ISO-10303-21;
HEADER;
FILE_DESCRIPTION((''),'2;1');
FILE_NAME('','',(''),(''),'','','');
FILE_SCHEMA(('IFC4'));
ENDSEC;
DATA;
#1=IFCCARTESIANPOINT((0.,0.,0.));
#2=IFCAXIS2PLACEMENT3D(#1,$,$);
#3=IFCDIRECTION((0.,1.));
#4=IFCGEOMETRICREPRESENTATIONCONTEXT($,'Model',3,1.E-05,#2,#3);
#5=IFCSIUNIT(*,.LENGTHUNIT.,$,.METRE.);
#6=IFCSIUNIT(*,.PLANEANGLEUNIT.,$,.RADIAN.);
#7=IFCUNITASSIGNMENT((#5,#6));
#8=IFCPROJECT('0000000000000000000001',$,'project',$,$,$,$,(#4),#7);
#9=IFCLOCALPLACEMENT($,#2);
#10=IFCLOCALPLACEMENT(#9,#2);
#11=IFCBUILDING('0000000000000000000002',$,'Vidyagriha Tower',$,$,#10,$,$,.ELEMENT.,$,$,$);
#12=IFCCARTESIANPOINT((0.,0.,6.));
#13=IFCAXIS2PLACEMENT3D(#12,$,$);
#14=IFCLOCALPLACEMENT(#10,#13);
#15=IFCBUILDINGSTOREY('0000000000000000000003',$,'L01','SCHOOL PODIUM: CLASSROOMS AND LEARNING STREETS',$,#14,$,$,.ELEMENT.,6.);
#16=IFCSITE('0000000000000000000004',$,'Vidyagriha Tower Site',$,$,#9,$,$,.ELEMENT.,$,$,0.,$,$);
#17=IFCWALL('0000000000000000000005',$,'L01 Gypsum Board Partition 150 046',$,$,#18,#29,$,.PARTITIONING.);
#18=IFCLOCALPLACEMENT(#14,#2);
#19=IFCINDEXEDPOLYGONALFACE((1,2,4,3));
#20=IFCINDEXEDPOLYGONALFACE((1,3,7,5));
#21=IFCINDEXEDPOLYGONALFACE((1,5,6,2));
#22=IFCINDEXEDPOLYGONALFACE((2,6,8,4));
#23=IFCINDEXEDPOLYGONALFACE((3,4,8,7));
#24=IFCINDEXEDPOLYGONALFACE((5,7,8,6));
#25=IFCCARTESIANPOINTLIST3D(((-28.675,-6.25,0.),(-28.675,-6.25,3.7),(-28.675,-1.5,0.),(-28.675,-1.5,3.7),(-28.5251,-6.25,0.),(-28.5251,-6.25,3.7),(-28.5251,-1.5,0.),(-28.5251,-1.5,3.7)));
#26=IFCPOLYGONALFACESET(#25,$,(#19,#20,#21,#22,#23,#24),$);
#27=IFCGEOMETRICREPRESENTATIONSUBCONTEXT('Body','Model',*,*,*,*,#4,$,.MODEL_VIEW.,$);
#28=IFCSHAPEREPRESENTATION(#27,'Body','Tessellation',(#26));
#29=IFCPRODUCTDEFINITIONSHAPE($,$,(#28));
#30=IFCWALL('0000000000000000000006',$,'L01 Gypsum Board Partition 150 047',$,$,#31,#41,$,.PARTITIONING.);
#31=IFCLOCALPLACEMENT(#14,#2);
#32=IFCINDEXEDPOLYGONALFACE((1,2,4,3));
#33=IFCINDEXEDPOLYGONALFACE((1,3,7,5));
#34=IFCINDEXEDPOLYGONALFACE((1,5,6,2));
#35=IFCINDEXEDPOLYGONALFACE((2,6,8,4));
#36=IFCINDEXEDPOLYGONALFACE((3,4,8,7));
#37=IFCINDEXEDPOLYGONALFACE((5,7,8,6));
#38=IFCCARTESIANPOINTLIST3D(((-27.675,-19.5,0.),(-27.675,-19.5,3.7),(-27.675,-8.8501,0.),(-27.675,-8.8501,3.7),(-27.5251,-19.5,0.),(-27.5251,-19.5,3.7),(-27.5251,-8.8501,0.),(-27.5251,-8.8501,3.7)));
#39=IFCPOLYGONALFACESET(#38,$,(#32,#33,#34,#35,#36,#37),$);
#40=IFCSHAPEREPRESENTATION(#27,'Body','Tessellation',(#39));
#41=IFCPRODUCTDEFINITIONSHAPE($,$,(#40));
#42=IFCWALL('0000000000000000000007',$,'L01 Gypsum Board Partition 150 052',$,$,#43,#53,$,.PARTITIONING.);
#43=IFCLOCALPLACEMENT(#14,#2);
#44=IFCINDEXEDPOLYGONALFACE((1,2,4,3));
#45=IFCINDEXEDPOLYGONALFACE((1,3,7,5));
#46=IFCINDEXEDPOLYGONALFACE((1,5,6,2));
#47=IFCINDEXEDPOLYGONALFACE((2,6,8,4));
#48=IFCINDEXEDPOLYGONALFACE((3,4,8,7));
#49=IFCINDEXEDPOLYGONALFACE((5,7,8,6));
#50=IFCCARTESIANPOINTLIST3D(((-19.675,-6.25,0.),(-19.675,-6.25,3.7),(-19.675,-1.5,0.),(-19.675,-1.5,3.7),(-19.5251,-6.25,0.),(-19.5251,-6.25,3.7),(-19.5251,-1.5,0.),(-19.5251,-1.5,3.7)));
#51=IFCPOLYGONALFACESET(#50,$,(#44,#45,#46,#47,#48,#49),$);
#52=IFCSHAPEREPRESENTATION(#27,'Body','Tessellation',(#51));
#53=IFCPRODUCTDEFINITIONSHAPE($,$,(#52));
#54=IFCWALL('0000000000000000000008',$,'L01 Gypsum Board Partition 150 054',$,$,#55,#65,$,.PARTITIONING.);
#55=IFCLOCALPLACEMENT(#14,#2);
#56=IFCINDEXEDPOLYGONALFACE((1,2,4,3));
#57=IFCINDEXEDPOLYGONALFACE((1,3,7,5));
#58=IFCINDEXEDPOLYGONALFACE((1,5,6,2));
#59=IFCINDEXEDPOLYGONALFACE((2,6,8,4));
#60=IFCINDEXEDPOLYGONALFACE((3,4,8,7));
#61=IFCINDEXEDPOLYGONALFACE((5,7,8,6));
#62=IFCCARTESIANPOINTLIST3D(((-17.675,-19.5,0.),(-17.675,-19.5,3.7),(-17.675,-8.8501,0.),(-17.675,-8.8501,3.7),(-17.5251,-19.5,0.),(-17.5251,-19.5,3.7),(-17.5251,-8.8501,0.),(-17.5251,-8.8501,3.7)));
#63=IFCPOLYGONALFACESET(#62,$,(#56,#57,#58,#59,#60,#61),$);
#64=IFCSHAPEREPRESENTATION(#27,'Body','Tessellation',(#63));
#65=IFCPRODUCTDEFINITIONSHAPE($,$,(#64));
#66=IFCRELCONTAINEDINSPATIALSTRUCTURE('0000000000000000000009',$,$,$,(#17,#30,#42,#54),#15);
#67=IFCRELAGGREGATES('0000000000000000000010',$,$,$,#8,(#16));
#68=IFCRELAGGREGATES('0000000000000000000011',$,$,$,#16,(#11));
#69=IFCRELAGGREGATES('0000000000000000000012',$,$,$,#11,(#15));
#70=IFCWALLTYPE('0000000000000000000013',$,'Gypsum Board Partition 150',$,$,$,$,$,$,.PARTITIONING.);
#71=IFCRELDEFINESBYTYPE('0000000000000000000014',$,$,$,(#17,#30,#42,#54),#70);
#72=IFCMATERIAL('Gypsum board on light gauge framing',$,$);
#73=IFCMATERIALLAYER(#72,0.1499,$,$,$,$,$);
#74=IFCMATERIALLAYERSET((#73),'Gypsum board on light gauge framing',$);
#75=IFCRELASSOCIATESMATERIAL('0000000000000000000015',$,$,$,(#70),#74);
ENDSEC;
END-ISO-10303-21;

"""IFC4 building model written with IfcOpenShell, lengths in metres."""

from ifc_helpers import new_model, si_unit, direction, frame, frame_2d, origin, place, context, subcontext, project, spatial, rectangle, extrude, material, layer, layer_set, type_object, element, save


model = new_model("IFC4")

# Units and contexts
model_context = context("Model", 3, precision=1e-05, world=origin(), true_north=direction((0.0, 1.0)))
body_context = subcontext(model_context, "Body", "Model", "MODEL_VIEW")
ifc_project = project(units=[si_unit("LENGTHUNIT", "METRE"), si_unit("PLANEANGLEUNIT", "RADIAN")], contexts=[model_context])

# Site, building, storey
site_placement = place(None, origin())
site = spatial("IfcSite", under=ifc_project, at=site_placement, Name="Vidyagriha Tower Site", CompositionType="ELEMENT", RefElevation=0.0)
building_placement = place(site_placement, origin())
building = spatial("IfcBuilding", under=site, at=building_placement, Name="Vidyagriha Tower", CompositionType="ELEMENT")
storey_placement = place(building_placement, frame((0.0, 0.0, 6.0)))
storey = spatial("IfcBuildingStorey", under=building, at=storey_placement, Name="L01", Description="SCHOOL PODIUM: CLASSROOMS AND LEARNING STREETS", CompositionType="ELEMENT", Elevation=6.0)

# Walls
ifc_material_1 = material(Name="Gypsum board on light gauge framing")
ifc_layer_1 = layer(ifc_material_1, 0.1499)
ifc_layer_set_1 = layer_set([ifc_layer_1], Name="Gypsum board on light gauge framing")
wall_type_1 = type_object("IfcWallType", Name="Gypsum Board Partition 150", PredefinedType="PARTITIONING", material=ifc_layer_set_1)
wall_1_placement = place(storey_placement, frame((-28.6001, -6.25, 0.0), z_axis=(0.0, 0.0, 1.0), x_axis=(0.0, 1.0, 0.0)))
element("IfcWall", 1, at=wall_1_placement, inside=storey, type_object=wall_type_1, Name="L01 Gypsum Board Partition 150 046", PredefinedType="PARTITIONING", context=body_context, shape_type="SweptSolid", body=[
    extrude(rectangle(XDim=4.75, YDim=0.1499, at=frame_2d((2.375, 0.0))), origin(), (0.0, 0.0, 1.0), 3.7),
])
wall_2_placement = place(storey_placement, frame((-27.6001, -19.5, 0.0), z_axis=(0.0, 0.0, 1.0), x_axis=(0.0, 1.0, 0.0)))
element("IfcWall", 2, at=wall_2_placement, inside=storey, type_object=wall_type_1, Name="L01 Gypsum Board Partition 150 047", PredefinedType="PARTITIONING", context=body_context, shape_type="SweptSolid", body=[
    extrude(rectangle(XDim=10.6499, YDim=0.1499, at=frame_2d((5.325, 0.0))), origin(), (0.0, 0.0, 1.0), 3.7),
])
wall_3_placement = place(storey_placement, frame((-19.6001, -6.25, 0.0), z_axis=(0.0, 0.0, 1.0), x_axis=(0.0, 1.0, 0.0)))
element("IfcWall", 3, at=wall_3_placement, inside=storey, type_object=wall_type_1, Name="L01 Gypsum Board Partition 150 052", PredefinedType="PARTITIONING", context=body_context, shape_type="SweptSolid", body=[
    extrude(rectangle(XDim=4.75, YDim=0.1499, at=frame_2d((2.375, 0.0))), origin(), (0.0, 0.0, 1.0), 3.7),
])
wall_4_placement = place(storey_placement, frame((-17.6001, -19.5, 0.0), z_axis=(0.0, 0.0, 1.0), x_axis=(0.0, 1.0, 0.0)))
element("IfcWall", 4, at=wall_4_placement, inside=storey, type_object=wall_type_1, Name="L01 Gypsum Board Partition 150 054", PredefinedType="PARTITIONING", context=body_context, shape_type="SweptSolid", body=[
    extrude(rectangle(XDim=10.6499, YDim=0.1499, at=frame_2d((5.325, 0.0))), origin(), (0.0, 0.0, 1.0), 3.7),
])

save(model, "model.ifc")
